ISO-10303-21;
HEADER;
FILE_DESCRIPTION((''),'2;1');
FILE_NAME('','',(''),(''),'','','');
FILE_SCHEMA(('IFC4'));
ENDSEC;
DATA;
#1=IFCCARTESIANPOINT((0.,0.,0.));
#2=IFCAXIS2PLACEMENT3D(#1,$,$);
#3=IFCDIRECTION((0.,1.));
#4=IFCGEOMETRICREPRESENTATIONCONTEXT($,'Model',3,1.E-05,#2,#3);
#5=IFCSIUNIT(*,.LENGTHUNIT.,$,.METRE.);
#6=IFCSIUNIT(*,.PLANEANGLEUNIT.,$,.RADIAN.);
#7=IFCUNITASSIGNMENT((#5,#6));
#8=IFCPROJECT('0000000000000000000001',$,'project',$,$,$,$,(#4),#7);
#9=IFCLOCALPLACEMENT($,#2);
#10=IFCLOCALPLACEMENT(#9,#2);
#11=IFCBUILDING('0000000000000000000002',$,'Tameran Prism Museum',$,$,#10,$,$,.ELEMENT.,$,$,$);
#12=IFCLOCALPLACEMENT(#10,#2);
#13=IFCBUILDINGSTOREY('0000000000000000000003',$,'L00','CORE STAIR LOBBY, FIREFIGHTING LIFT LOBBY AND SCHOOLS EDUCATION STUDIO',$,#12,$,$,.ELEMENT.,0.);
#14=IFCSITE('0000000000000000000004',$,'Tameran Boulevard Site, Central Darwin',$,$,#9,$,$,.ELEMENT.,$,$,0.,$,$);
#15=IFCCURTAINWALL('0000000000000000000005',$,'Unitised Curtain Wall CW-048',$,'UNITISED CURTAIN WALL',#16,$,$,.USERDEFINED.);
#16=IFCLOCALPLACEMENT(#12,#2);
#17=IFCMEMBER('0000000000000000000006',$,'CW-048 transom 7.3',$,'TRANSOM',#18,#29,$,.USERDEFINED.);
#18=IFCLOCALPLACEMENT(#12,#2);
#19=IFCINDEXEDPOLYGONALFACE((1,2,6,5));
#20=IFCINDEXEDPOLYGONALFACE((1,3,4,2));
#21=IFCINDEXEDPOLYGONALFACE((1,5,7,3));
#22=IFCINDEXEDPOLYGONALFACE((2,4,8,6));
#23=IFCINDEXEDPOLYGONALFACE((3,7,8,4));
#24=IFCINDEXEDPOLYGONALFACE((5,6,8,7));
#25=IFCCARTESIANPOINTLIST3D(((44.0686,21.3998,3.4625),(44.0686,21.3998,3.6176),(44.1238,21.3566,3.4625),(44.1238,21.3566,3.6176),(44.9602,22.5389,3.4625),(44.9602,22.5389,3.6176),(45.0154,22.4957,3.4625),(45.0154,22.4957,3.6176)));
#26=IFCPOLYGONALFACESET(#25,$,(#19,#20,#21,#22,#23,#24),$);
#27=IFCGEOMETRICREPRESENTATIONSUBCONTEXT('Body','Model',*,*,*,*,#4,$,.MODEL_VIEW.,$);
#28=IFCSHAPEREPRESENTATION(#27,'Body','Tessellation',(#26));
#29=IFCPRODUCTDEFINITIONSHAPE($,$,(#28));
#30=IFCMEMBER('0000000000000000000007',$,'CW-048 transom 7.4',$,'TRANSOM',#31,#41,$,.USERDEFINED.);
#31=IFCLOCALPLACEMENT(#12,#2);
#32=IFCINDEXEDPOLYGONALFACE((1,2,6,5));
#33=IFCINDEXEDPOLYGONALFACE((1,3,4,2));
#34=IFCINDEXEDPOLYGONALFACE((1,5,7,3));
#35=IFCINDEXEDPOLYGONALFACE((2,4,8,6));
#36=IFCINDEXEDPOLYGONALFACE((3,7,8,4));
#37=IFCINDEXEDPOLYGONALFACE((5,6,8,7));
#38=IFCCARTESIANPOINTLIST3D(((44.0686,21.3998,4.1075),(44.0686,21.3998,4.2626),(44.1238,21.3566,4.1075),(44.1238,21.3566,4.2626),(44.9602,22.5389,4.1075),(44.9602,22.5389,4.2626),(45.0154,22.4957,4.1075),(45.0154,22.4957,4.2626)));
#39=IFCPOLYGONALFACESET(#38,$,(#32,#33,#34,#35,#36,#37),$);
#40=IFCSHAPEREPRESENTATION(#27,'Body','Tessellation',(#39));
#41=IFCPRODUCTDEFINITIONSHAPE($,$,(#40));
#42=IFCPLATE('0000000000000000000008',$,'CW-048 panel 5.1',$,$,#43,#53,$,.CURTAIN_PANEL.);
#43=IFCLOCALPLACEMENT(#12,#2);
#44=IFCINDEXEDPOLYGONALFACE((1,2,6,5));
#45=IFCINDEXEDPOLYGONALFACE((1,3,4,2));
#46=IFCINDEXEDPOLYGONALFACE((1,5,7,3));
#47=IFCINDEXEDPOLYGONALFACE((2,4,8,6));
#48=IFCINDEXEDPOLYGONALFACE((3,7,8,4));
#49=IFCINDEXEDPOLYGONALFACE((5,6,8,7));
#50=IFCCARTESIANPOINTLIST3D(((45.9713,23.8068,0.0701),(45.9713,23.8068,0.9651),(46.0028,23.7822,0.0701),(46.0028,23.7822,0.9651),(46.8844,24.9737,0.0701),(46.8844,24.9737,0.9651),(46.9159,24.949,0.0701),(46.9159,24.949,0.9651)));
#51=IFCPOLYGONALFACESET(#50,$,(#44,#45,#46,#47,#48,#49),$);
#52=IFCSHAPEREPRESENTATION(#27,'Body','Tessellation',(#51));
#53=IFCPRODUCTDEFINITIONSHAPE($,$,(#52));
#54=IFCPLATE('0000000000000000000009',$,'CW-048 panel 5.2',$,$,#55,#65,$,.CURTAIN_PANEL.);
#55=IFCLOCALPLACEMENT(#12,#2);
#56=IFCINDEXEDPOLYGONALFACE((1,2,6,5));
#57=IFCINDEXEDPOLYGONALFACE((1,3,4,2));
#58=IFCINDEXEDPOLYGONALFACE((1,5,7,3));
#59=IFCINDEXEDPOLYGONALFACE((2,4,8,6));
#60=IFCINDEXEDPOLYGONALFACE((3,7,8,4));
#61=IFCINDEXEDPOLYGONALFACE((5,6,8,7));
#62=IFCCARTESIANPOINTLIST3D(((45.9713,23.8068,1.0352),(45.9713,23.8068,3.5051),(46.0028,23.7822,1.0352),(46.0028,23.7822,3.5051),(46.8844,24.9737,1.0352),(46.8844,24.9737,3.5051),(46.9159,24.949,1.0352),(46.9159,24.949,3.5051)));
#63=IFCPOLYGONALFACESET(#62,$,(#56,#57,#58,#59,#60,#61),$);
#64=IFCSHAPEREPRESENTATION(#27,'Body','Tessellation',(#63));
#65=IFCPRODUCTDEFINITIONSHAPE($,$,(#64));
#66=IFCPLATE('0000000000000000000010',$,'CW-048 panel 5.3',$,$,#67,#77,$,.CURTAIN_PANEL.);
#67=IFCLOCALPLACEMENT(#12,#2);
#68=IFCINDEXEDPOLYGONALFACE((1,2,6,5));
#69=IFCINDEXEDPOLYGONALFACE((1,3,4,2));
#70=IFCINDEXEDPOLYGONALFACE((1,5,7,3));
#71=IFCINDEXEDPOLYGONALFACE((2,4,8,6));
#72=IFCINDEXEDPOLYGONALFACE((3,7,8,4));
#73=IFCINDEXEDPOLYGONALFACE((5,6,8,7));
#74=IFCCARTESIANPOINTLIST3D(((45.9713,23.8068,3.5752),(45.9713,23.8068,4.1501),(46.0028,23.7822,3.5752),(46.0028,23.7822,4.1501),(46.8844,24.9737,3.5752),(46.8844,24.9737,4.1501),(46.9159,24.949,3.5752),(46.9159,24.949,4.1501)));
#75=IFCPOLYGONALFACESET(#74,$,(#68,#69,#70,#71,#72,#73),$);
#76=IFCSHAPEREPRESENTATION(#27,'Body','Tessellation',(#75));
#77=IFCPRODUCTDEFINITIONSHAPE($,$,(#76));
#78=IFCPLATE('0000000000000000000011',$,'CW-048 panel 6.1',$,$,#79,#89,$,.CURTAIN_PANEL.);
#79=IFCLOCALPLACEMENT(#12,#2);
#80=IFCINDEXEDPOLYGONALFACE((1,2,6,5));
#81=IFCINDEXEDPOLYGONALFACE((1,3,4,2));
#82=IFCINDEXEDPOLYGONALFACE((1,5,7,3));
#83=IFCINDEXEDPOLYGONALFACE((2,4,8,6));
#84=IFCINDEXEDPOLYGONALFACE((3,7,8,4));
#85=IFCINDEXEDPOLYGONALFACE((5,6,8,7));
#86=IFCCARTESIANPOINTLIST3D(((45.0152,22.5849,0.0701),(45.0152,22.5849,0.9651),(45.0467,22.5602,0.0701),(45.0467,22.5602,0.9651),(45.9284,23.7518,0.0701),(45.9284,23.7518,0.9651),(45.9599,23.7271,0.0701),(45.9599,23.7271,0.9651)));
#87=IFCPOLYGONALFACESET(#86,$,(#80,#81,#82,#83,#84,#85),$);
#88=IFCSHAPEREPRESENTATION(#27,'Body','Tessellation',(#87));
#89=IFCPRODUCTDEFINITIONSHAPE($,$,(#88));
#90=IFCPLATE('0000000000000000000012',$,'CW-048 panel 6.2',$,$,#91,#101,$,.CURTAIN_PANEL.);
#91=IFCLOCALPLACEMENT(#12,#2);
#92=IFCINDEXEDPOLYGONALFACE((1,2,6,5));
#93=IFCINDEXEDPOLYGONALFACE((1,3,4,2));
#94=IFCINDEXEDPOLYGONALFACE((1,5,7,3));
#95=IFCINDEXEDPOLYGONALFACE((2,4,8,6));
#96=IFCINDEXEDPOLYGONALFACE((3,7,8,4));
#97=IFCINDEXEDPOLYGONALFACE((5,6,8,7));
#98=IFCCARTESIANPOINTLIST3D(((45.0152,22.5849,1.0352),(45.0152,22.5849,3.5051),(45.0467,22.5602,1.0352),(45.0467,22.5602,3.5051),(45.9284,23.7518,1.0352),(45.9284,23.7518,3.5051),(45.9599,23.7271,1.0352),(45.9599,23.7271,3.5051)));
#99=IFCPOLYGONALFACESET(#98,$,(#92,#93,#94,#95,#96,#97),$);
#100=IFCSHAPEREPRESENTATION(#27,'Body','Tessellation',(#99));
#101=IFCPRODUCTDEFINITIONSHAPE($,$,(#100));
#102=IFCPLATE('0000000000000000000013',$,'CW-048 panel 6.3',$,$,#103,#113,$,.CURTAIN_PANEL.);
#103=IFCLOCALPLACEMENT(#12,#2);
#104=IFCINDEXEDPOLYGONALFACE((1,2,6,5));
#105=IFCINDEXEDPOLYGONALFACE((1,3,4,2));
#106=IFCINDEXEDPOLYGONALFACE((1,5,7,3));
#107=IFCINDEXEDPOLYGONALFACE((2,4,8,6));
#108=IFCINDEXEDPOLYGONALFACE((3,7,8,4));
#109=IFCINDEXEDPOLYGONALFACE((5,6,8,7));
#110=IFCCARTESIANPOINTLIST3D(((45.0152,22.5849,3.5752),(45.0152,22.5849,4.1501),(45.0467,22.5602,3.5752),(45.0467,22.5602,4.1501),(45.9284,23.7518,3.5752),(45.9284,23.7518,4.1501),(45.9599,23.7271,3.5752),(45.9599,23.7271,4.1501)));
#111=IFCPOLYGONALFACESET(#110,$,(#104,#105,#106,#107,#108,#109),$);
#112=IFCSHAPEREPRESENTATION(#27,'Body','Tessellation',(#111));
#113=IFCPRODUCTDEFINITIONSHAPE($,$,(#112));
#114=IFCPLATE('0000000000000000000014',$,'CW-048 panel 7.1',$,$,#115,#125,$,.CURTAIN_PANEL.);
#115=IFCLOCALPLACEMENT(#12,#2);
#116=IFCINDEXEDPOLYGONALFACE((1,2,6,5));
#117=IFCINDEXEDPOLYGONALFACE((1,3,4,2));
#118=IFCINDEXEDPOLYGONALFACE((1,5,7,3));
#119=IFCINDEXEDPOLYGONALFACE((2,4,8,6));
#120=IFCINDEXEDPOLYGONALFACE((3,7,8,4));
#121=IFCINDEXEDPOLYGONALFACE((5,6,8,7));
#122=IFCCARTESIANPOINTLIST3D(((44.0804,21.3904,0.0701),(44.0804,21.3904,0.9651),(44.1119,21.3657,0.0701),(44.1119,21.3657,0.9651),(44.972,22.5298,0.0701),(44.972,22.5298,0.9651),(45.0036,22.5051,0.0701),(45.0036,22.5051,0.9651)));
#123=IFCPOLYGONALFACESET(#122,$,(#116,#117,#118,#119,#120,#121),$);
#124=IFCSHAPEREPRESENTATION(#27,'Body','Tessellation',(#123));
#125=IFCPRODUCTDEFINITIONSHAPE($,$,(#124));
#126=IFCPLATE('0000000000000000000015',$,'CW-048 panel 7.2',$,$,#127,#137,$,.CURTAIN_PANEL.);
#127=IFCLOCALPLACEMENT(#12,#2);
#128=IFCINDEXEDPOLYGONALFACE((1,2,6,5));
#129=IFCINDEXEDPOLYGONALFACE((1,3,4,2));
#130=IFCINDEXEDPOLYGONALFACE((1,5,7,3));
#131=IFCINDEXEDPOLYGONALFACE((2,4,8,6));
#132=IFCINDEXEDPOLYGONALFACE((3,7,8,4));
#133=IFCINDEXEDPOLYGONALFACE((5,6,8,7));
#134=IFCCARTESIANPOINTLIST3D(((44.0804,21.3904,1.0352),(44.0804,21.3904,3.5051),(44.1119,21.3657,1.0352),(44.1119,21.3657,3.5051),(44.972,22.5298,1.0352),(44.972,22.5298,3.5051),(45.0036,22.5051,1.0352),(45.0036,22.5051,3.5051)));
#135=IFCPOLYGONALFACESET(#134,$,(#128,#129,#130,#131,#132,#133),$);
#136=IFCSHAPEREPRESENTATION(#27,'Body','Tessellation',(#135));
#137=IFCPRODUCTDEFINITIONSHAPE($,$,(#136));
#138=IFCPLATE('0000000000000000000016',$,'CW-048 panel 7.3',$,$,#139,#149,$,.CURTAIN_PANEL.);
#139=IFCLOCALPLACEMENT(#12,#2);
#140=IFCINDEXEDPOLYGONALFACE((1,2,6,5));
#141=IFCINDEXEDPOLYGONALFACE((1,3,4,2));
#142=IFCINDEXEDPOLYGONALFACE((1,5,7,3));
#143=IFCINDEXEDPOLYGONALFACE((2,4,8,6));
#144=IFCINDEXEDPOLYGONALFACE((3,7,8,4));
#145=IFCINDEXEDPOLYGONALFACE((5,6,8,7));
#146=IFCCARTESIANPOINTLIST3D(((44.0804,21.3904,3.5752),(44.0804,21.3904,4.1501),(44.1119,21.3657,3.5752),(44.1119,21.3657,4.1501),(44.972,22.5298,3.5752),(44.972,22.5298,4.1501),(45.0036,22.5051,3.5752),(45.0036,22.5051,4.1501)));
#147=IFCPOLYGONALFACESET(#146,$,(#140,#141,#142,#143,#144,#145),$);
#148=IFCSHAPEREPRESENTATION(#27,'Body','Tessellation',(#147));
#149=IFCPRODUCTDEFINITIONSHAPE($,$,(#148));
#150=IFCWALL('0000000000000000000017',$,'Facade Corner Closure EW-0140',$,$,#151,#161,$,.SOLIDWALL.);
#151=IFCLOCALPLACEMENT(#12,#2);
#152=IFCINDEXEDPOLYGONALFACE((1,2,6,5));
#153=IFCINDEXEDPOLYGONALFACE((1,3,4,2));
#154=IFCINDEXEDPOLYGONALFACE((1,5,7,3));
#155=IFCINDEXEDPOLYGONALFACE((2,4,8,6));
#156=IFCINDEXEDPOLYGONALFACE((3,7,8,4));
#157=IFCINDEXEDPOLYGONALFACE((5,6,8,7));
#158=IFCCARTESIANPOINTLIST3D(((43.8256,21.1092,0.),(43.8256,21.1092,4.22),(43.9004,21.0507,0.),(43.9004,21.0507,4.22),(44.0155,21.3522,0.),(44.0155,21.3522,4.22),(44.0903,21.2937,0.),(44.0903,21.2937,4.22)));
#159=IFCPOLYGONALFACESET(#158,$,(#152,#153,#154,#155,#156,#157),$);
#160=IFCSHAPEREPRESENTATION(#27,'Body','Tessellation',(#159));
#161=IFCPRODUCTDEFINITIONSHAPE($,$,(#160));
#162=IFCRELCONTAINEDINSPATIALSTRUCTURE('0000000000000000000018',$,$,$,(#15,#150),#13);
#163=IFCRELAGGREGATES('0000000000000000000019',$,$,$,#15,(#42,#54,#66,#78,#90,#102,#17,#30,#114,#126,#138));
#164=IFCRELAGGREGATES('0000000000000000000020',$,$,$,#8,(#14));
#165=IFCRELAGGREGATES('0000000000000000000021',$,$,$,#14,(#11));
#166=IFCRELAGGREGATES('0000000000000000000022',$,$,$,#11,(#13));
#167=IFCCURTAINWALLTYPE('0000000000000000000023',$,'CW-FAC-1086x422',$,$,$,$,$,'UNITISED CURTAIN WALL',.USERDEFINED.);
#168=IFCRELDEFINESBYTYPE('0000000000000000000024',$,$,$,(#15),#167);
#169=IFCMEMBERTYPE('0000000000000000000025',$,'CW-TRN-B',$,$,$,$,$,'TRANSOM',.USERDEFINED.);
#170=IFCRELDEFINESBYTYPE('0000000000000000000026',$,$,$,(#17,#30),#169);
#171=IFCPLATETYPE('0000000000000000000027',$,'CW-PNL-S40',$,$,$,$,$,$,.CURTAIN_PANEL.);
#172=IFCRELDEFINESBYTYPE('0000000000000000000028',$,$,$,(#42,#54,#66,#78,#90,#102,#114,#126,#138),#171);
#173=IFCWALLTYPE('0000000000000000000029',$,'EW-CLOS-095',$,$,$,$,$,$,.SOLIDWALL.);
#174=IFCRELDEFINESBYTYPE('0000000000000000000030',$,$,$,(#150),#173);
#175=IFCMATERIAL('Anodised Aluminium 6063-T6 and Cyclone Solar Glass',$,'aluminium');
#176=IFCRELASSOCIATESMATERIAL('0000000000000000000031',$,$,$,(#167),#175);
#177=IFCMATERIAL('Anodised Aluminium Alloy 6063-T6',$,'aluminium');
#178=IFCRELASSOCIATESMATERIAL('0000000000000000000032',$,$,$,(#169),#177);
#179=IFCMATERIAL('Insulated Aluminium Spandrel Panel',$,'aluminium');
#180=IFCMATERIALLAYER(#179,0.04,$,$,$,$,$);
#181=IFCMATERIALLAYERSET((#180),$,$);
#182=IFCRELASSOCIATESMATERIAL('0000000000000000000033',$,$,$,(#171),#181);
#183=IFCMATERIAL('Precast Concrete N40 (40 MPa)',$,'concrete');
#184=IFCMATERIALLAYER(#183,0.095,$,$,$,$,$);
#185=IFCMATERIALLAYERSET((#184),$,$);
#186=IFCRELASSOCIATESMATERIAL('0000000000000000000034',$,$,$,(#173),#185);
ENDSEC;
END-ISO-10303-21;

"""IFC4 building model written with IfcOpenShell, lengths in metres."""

from ifc_helpers import new_model, si_unit, direction, frame, frame_2d, origin, origin_2d, place, context, subcontext, project, spatial, rectangle, extrude, material, layer, layer_set, material_profile, profile_set, type_object, element, aggregate, save


model = new_model("IFC4")

# Units and contexts
model_context = context("Model", 3, precision=1e-05, world=origin(), true_north=direction((0.0, 1.0)))
body_context = subcontext(model_context, "Body", "Model", "MODEL_VIEW")
ifc_project = project(units=[si_unit("LENGTHUNIT", "METRE"), si_unit("PLANEANGLEUNIT", "RADIAN")], contexts=[model_context])

# Site, building, storey
site_placement = place(None, origin())
site = spatial("IfcSite", under=ifc_project, at=site_placement, Name="Tameran Boulevard Site, Central Darwin", CompositionType="ELEMENT", RefElevation=0.0)
building_placement = place(site_placement, origin())
building = spatial("IfcBuilding", under=site, at=building_placement, Name="Tameran Prism Museum", CompositionType="ELEMENT")
storey_placement = place(building_placement, origin())
storey = spatial("IfcBuildingStorey", under=building, at=storey_placement, Name="L00", Description="CORE STAIR LOBBY, FIREFIGHTING LIFT LOBBY AND SCHOOLS EDUCATION STUDIO", CompositionType="ELEMENT", Elevation=0.0)

# Curtain wall, members, plates
ifc_material_1 = material(Name="Anodised Aluminium 6063-T6 and Cyclone Solar Glass", Category="aluminium")
curtain_wall_type = type_object("IfcCurtainWallType", Name="CW-FAC-1086x422", ElementType="UNITISED CURTAIN WALL", PredefinedType="USERDEFINED", material=ifc_material_1)
curtain_wall_placement = place(storey_placement, origin())
curtain_wall = element("IfcCurtainWall", 1, at=curtain_wall_placement, inside=storey, type_object=curtain_wall_type, Name="Unitised Curtain Wall CW-048", ObjectType="UNITISED CURTAIN WALL", PredefinedType="USERDEFINED")
ifc_material_2 = material(Name="Anodised Aluminium Alloy 6063-T6", Category="aluminium")
ifc_material_profile_1 = material_profile(ifc_material_2, rectangle(XDim=0.0701, YDim=0.155, at=origin_2d()))
ifc_profile_set_1 = profile_set([ifc_material_profile_1])
member_type_1 = type_object("IfcMemberType", Name="CW-TRN-B", ElementType="TRANSOM", PredefinedType="USERDEFINED", material=ifc_profile_set_1)
member_1_placement = place(storey_placement, frame((44.9878, 22.5173, 3.54), z_axis=(-0.616345, -0.787477, 0.0), x_axis=(0.787477, -0.616345, 0.0)))
member_1 = element("IfcMember", 2, at=member_1_placement, type_object=member_type_1, Name="CW-048 transom 7.3", ObjectType="TRANSOM", PredefinedType="USERDEFINED", context=body_context, shape_type="SweptSolid", body=[
    extrude(rectangle(XDim=0.0701, YDim=0.155, at=origin_2d()), origin(), (0.0, 0.0, 1.0), 1.4465),
])
member_2_placement = place(storey_placement, frame((44.9878, 22.5173, 4.1851), z_axis=(-0.616345, -0.787477, 0.0), x_axis=(0.787477, -0.616345, 0.0)))
member_2 = element("IfcMember", 3, at=member_2_placement, type_object=member_type_1, Name="CW-048 transom 7.4", ObjectType="TRANSOM", PredefinedType="USERDEFINED", context=body_context, shape_type="SweptSolid", body=[
    extrude(rectangle(XDim=0.0701, YDim=0.155, at=origin_2d()), origin(), (0.0, 0.0, 1.0), 1.4465),
])
ifc_material_3 = material(Name="Insulated Aluminium Spandrel Panel", Category="aluminium")
ifc_layer_1 = layer(ifc_material_3, 0.04)
ifc_layer_set_1 = layer_set([ifc_layer_1])
plate_type = type_object("IfcPlateType", Name="CW-PNL-S40", PredefinedType="CURTAIN_PANEL", material=ifc_layer_set_1)
plate_1_placement = place(storey_placement, frame((46.4436, 24.3779, 0.0701), z_axis=(0.0, 0.0, 1.0), x_axis=(-0.616283, -0.787524, 0.0)))
plate_1 = element("IfcPlate", 4, at=plate_1_placement, type_object=plate_type, Name="CW-048 panel 5.1", PredefinedType="CURTAIN_PANEL", context=body_context, shape_type="SweptSolid", body=[
    extrude(rectangle(XDim=1.4817, YDim=0.04, at=origin_2d()), origin(), (0.0, 0.0, 1.0), 0.895),
])
plate_2_placement = place(storey_placement, frame((46.4436, 24.3779, 1.0352), z_axis=(0.0, 0.0, 1.0), x_axis=(-0.616283, -0.787524, 0.0)))
plate_2 = element("IfcPlate", 5, at=plate_2_placement, type_object=plate_type, Name="CW-048 panel 5.2", PredefinedType="CURTAIN_PANEL", context=body_context, shape_type="SweptSolid", body=[
    extrude(rectangle(XDim=1.4817, YDim=0.04, at=origin_2d()), origin(), (0.0, 0.0, 1.0), 2.47),
])
plate_3_placement = place(storey_placement, frame((46.4436, 24.3779, 3.5752), z_axis=(0.0, 0.0, 1.0), x_axis=(-0.616283, -0.787524, 0.0)))
plate_3 = element("IfcPlate", 6, at=plate_3_placement, type_object=plate_type, Name="CW-048 panel 5.3", PredefinedType="CURTAIN_PANEL", context=body_context, shape_type="SweptSolid", body=[
    extrude(rectangle(XDim=1.4817, YDim=0.04, at=origin_2d()), origin(), (0.0, 0.0, 1.0), 0.575),
])
plate_4_placement = place(storey_placement, frame((45.4875, 23.156, 0.0701), z_axis=(0.0, 0.0, 1.0), x_axis=(-0.616283, -0.787524, 0.0)))
plate_4 = element("IfcPlate", 7, at=plate_4_placement, type_object=plate_type, Name="CW-048 panel 6.1", PredefinedType="CURTAIN_PANEL", context=body_context, shape_type="SweptSolid", body=[
    extrude(rectangle(XDim=1.4817, YDim=0.04, at=origin_2d()), origin(), (0.0, 0.0, 1.0), 0.895),
])
plate_5_placement = place(storey_placement, frame((45.4875, 23.156, 1.0352), z_axis=(0.0, 0.0, 1.0), x_axis=(-0.616283, -0.787524, 0.0)))
plate_5 = element("IfcPlate", 8, at=plate_5_placement, type_object=plate_type, Name="CW-048 panel 6.2", PredefinedType="CURTAIN_PANEL", context=body_context, shape_type="SweptSolid", body=[
    extrude(rectangle(XDim=1.4817, YDim=0.04, at=origin_2d()), origin(), (0.0, 0.0, 1.0), 2.47),
])
plate_6_placement = place(storey_placement, frame((45.4875, 23.156, 3.5752), z_axis=(0.0, 0.0, 1.0), x_axis=(-0.616283, -0.787524, 0.0)))
plate_6 = element("IfcPlate", 9, at=plate_6_placement, type_object=plate_type, Name="CW-048 panel 6.3", PredefinedType="CURTAIN_PANEL", context=body_context, shape_type="SweptSolid", body=[
    extrude(rectangle(XDim=1.4817, YDim=0.04, at=origin_2d()), origin(), (0.0, 0.0, 1.0), 0.575),
])
plate_7_placement = place(storey_placement, frame((44.542, 21.9478, 0.0701), z_axis=(0.0, 0.0, 1.0), x_axis=(-0.616283, -0.787524, 0.0)))
plate_7 = element("IfcPlate", 10, at=plate_7_placement, type_object=plate_type, Name="CW-048 panel 7.1", PredefinedType="CURTAIN_PANEL", context=body_context, shape_type="SweptSolid", body=[
    extrude(rectangle(XDim=1.4468, YDim=0.04, at=origin_2d()), origin(), (0.0, 0.0, 1.0), 0.895),
])
plate_8_placement = place(storey_placement, frame((44.542, 21.9478, 1.0352), z_axis=(0.0, 0.0, 1.0), x_axis=(-0.616283, -0.787524, 0.0)))
plate_8 = element("IfcPlate", 11, at=plate_8_placement, type_object=plate_type, Name="CW-048 panel 7.2", PredefinedType="CURTAIN_PANEL", context=body_context, shape_type="SweptSolid", body=[
    extrude(rectangle(XDim=1.4468, YDim=0.04, at=origin_2d()), origin(), (0.0, 0.0, 1.0), 2.47),
])
plate_9_placement = place(storey_placement, frame((44.542, 21.9478, 3.5752), z_axis=(0.0, 0.0, 1.0), x_axis=(-0.616283, -0.787524, 0.0)))
plate_9 = element("IfcPlate", 12, at=plate_9_placement, type_object=plate_type, Name="CW-048 panel 7.3", PredefinedType="CURTAIN_PANEL", context=body_context, shape_type="SweptSolid", body=[
    extrude(rectangle(XDim=1.4468, YDim=0.04, at=origin_2d()), origin(), (0.0, 0.0, 1.0), 0.575),
])
aggregate(curtain_wall, [plate_1, plate_2, plate_3, plate_4, plate_5, plate_6, member_1, member_2, plate_7, plate_8, plate_9])

# Wall
ifc_material_4 = material(Name="Precast Concrete N40 (40 MPa)", Category="concrete")
ifc_layer_2 = layer(ifc_material_4, 0.095)
ifc_layer_set_2 = layer_set([ifc_layer_2])
wall_type_1 = type_object("IfcWallType", Name="EW-CLOS-095", PredefinedType="SOLIDWALL", material=ifc_layer_set_2)
wall_1_placement = place(storey_placement, frame((44.053, 21.323, 0.0), z_axis=(0.0, 0.0, 1.0), x_axis=(-0.615967, -0.787772, 0.0)))
element("IfcWall", 13, at=wall_1_placement, inside=storey, type_object=wall_type_1, Name="Facade Corner Closure EW-0140", PredefinedType="SOLIDWALL", context=body_context, shape_type="SweptSolid", body=[
    extrude(rectangle(XDim=0.3083, YDim=0.095, at=frame_2d((0.1543, 0.0))), origin(), (0.0, 0.0, 1.0), 4.22),
])

save(model, "model.ifc")
